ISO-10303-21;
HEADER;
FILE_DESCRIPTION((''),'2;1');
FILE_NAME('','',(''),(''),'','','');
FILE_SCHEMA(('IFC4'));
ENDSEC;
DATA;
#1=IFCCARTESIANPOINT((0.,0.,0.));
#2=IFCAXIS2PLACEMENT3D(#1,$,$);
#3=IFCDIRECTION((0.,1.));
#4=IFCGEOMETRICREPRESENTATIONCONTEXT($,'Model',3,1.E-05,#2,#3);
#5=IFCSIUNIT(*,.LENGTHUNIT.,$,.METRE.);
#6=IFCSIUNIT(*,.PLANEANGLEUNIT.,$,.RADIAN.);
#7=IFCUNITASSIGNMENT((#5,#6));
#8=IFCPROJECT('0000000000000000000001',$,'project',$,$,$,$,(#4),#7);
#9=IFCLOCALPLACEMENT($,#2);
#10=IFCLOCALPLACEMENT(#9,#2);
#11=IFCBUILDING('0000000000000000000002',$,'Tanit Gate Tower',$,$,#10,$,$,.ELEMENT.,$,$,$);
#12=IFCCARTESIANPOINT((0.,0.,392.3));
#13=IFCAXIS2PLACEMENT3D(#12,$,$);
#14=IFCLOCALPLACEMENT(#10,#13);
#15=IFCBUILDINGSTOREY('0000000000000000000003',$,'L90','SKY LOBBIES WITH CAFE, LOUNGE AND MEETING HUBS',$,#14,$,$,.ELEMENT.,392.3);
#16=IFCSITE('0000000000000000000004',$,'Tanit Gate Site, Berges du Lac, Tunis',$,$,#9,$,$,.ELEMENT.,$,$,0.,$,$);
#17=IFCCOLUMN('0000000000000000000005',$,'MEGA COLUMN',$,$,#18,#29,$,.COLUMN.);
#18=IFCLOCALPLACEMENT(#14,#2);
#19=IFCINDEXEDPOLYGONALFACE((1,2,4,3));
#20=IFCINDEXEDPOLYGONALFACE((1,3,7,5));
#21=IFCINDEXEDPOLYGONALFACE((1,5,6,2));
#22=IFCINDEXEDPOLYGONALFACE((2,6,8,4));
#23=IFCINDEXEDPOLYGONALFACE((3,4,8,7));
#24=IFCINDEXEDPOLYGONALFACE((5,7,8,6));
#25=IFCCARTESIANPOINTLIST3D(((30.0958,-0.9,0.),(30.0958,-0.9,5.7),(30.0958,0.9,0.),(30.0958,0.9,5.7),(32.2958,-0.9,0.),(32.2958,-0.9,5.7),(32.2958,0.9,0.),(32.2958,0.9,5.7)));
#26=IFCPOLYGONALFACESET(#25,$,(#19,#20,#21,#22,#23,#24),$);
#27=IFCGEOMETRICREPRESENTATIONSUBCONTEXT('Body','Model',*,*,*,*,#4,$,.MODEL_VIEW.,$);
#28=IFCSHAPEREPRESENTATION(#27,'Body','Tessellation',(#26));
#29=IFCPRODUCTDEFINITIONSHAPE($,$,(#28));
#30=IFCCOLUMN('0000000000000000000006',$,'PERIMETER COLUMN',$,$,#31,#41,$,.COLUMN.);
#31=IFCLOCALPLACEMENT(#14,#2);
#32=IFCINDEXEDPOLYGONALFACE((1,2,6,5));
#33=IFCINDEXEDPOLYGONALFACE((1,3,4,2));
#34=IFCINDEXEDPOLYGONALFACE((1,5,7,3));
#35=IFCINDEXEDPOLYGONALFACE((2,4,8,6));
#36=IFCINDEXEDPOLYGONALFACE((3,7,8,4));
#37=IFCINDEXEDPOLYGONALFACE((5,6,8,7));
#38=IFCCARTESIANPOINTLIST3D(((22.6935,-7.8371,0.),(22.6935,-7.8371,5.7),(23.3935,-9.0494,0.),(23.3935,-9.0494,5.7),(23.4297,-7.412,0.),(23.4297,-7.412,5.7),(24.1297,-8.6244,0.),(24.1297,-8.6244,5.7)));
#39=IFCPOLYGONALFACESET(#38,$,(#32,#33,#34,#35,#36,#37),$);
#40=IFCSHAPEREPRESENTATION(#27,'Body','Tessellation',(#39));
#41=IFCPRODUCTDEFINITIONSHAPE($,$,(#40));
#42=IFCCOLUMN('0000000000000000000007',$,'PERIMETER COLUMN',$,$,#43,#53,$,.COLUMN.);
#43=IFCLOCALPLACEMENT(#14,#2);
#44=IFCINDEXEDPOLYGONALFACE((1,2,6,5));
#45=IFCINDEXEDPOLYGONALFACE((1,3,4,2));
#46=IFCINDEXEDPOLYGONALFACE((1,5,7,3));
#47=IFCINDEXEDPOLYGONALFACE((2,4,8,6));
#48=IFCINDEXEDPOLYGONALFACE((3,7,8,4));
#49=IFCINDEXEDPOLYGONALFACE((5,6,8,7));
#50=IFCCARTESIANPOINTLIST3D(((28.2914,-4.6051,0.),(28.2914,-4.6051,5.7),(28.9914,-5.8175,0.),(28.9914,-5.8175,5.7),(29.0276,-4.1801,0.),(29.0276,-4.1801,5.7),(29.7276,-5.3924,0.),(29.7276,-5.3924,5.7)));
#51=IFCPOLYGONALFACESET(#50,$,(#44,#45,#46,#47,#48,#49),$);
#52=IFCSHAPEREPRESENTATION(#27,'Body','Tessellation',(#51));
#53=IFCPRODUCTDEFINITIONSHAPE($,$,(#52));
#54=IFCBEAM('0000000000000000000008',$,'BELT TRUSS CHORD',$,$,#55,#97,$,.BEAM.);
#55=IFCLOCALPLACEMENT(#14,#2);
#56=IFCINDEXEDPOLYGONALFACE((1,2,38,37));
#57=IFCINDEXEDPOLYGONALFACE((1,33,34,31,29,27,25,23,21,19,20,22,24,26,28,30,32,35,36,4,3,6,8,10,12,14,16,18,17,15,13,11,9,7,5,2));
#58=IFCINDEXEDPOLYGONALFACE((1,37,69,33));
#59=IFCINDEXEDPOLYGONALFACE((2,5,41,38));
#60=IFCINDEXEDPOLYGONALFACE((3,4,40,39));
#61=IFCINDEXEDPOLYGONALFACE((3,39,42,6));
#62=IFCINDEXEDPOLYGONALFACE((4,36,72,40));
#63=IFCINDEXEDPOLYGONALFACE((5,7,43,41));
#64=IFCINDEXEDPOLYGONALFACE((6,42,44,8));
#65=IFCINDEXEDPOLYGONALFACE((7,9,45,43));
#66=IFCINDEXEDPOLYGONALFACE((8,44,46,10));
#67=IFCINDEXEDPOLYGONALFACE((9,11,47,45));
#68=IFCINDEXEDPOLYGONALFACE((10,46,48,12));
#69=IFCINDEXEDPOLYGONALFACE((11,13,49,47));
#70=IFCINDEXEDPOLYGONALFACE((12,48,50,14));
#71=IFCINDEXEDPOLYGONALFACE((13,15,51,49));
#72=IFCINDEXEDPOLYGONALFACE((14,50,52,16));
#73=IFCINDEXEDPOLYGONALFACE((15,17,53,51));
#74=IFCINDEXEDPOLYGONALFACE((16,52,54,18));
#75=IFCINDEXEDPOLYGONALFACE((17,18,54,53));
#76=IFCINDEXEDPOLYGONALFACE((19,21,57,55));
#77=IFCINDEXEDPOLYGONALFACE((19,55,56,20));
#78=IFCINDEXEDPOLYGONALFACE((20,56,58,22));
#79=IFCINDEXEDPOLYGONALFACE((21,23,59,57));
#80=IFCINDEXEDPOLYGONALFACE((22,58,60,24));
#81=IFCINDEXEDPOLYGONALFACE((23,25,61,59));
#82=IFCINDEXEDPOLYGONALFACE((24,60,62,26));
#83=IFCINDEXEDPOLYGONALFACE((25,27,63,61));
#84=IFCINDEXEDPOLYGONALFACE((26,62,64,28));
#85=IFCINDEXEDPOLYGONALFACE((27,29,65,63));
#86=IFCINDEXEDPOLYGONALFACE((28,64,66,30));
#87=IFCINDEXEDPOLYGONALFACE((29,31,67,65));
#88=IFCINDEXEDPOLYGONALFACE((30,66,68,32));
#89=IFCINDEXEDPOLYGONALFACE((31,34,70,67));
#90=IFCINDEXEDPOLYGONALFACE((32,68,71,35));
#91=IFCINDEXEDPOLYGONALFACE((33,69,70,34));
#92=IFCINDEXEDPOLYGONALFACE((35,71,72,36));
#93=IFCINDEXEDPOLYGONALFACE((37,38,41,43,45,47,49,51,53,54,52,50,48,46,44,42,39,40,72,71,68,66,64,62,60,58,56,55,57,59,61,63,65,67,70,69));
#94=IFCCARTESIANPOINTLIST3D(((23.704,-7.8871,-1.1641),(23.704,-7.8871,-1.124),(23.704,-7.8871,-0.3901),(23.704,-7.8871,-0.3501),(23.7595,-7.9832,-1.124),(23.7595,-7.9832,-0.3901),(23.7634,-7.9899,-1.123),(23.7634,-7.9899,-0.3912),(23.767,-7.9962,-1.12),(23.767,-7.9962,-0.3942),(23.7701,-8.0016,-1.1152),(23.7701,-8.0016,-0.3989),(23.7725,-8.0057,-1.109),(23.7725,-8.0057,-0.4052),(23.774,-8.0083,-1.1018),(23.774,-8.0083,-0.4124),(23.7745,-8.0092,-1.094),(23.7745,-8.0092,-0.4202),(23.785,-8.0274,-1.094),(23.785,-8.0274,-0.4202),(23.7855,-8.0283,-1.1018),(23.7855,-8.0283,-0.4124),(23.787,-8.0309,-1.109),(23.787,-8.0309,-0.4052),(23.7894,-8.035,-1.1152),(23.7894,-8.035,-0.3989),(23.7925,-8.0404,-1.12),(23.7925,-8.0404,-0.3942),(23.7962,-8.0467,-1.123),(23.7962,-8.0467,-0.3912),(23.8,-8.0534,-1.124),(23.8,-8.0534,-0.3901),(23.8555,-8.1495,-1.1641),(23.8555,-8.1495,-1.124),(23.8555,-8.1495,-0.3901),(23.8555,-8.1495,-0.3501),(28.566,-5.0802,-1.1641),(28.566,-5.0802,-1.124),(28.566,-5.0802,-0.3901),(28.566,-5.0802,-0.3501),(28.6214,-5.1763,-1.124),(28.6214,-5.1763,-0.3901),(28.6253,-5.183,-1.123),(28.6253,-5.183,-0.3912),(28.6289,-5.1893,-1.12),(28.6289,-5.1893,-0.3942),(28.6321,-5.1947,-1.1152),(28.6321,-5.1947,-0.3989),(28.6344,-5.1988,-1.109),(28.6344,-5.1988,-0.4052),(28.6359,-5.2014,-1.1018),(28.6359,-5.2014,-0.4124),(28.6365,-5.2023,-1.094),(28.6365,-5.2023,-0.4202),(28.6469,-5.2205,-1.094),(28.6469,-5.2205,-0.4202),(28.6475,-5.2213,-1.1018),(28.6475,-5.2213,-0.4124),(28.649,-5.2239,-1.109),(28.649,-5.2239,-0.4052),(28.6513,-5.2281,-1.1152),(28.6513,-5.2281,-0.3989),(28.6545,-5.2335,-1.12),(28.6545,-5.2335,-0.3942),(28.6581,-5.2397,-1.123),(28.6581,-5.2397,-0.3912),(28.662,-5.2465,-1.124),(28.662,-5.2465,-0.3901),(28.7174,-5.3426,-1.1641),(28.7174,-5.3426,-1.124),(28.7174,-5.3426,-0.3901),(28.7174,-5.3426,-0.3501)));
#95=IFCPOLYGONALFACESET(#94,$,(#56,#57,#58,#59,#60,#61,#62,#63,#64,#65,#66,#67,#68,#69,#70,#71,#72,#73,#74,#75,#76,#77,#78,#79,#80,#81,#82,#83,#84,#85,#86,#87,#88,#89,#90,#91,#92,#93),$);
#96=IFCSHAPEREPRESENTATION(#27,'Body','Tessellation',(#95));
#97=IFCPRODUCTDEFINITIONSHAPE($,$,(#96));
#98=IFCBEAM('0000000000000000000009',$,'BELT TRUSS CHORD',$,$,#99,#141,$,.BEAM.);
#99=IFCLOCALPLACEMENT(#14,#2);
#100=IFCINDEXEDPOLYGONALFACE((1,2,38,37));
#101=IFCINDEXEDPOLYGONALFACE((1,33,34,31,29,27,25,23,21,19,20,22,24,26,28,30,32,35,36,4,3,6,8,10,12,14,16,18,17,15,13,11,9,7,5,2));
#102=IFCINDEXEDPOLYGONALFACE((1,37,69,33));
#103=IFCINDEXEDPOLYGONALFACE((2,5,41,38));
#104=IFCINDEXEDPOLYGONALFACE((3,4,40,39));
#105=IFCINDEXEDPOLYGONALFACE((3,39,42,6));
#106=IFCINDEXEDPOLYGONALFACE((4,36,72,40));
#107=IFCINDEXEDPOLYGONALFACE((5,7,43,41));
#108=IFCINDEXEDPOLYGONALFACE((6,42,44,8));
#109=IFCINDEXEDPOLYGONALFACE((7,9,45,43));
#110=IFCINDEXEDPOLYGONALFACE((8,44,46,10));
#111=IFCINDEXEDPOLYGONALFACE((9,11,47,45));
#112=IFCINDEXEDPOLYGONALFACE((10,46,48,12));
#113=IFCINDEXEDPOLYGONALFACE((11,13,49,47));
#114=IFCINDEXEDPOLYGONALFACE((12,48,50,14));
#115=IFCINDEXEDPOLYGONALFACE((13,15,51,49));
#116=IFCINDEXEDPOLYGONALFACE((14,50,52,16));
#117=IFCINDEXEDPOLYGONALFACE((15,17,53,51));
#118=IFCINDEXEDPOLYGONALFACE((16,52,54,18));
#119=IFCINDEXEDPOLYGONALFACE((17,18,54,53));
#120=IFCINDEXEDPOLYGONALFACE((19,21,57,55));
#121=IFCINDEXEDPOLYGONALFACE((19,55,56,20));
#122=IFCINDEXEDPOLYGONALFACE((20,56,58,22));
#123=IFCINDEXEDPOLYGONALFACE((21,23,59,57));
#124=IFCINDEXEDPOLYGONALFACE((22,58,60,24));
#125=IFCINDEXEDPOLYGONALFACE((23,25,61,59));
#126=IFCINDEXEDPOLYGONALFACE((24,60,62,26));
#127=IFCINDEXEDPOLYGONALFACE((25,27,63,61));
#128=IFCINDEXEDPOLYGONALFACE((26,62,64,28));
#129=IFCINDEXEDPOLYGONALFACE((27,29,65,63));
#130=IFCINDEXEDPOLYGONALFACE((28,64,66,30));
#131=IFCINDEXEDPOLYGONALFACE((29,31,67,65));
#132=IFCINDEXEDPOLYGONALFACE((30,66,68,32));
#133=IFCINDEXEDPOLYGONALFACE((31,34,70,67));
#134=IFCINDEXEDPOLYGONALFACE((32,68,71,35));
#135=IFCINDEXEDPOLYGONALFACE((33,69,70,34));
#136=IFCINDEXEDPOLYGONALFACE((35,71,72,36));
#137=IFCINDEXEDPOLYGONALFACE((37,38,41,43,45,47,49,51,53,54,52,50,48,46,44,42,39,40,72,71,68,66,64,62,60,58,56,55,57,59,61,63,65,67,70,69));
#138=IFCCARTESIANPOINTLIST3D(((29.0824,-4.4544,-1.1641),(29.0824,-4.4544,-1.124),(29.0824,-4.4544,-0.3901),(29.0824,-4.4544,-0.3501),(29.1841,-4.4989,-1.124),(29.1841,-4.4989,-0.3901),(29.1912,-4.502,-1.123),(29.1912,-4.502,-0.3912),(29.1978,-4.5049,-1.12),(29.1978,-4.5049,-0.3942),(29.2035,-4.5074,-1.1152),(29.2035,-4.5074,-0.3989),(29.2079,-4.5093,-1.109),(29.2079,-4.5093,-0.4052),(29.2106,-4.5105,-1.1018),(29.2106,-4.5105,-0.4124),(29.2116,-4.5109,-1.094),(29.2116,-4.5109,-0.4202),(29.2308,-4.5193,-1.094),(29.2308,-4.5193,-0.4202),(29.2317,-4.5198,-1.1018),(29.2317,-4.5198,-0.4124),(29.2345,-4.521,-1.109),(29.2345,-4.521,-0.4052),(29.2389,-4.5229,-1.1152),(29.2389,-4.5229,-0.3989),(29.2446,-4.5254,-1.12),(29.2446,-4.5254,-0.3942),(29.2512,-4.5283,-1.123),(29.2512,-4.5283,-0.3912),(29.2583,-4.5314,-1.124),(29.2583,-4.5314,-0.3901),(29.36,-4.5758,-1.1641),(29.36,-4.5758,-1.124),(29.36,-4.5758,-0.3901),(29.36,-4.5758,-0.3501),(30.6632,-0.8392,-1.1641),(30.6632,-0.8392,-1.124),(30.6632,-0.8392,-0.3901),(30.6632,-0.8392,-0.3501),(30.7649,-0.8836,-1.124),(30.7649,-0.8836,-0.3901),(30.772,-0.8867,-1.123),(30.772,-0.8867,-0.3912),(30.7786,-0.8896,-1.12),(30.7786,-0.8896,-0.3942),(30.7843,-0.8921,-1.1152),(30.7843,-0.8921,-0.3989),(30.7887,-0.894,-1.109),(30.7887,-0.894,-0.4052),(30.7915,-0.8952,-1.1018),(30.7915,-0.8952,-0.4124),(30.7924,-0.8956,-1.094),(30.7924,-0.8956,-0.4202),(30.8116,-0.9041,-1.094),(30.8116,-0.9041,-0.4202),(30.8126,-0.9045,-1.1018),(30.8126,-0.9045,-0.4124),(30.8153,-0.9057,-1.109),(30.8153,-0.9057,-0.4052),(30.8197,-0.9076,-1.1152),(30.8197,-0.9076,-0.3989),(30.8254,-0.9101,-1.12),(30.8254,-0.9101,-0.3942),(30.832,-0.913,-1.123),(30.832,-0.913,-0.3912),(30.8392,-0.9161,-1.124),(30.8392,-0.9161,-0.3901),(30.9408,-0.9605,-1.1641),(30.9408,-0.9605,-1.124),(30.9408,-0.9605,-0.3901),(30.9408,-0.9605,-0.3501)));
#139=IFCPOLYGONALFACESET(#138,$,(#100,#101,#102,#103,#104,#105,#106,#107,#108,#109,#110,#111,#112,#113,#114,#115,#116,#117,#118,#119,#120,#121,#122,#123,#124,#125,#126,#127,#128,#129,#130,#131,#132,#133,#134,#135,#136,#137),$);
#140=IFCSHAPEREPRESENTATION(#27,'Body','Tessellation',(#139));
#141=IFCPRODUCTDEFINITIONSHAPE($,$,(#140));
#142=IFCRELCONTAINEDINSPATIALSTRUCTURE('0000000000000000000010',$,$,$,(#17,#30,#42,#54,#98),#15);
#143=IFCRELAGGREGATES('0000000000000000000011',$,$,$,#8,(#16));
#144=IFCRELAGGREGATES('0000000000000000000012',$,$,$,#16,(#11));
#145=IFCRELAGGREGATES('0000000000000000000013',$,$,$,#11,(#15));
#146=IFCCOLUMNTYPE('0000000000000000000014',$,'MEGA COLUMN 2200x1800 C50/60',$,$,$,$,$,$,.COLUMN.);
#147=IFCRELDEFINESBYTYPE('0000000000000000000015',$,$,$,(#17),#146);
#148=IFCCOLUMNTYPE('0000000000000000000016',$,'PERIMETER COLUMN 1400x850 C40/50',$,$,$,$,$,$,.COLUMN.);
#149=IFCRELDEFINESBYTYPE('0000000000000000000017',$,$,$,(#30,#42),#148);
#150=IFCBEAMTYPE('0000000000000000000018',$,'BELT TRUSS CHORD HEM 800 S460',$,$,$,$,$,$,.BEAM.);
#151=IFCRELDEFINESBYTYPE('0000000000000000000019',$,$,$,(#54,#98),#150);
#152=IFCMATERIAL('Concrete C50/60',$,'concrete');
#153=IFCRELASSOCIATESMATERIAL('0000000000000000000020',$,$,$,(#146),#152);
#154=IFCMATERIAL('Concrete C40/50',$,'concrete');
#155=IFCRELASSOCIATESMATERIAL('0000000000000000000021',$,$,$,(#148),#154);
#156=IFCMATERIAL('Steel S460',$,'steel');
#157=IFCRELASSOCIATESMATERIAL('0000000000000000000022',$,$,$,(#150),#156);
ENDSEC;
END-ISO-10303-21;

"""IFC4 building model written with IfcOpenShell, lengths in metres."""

from ifc_helpers import new_model, si_unit, direction, frame, origin, origin_2d, place, context, subcontext, project, spatial, rectangle, i_section, extrude, material, material_profile, profile_set, type_object, element, save


model = new_model("IFC4")

# Units and contexts
model_context = context("Model", 3, precision=1e-05, world=origin(), true_north=direction((0.0, 1.0)))
body_context = subcontext(model_context, "Body", "Model", "MODEL_VIEW")
ifc_project = project(units=[si_unit("LENGTHUNIT", "METRE"), si_unit("PLANEANGLEUNIT", "RADIAN")], contexts=[model_context])

# Site, building, storey
site_placement = place(None, origin())
site = spatial("IfcSite", under=ifc_project, at=site_placement, Name="Tanit Gate Site, Berges du Lac, Tunis", CompositionType="ELEMENT", RefElevation=0.0)
building_placement = place(site_placement, origin())
building = spatial("IfcBuilding", under=site, at=building_placement, Name="Tanit Gate Tower", CompositionType="ELEMENT")
storey_placement = place(building_placement, frame((0.0, 0.0, 392.3)))
storey = spatial("IfcBuildingStorey", under=building, at=storey_placement, Name="L90", Description="SKY LOBBIES WITH CAFE, LOUNGE AND MEETING HUBS", CompositionType="ELEMENT", Elevation=392.3)

# Columns
ifc_material_1 = material(Name="Concrete C50/60", Category="concrete")
ifc_material_profile_1 = material_profile(ifc_material_1, rectangle(XDim=2.2, YDim=1.8, at=origin_2d()), Name="RC 2200x1800")
ifc_profile_set_1 = profile_set([ifc_material_profile_1], Name="Concrete C50/60")
column_type_1 = type_object("IfcColumnType", Name="MEGA COLUMN 2200x1800 C50/60", PredefinedType="COLUMN", material=ifc_profile_set_1)
column_placement = place(storey_placement, frame((31.1958, 0.0, 0.0), z_axis=(0.0, 0.0, 1.0), x_axis=(1.0, 0.0, 0.0)))
element("IfcColumn", 1, at=column_placement, inside=storey, type_object=column_type_1, Name="MEGA COLUMN", PredefinedType="COLUMN", context=body_context, shape_type="SweptSolid", body=[
    extrude(rectangle(XDim=2.2, YDim=1.8, at=origin_2d()), origin(), (0.0, 0.0, 1.0), 5.7),
])
ifc_material_2 = material(Name="Concrete C40/50", Category="concrete")
ifc_material_profile_2 = material_profile(ifc_material_2, rectangle(XDim=1.3999, YDim=0.8501, at=origin_2d()), Name="RC 1400x850")
ifc_profile_set_2 = profile_set([ifc_material_profile_2], Name="Concrete C40/50")
column_type_2 = type_object("IfcColumnType", Name="PERIMETER COLUMN 1400x850 C40/50", PredefinedType="COLUMN", material=ifc_profile_set_2)
for number, where, z_axis, x_axis, name in (
    (2, (23.4116, -8.2307, 0.0), (0.0, 0.0, 1.0), (0.5, -0.866025, 0.0), "PERIMETER COLUMN"),
    (3, (29.0095, -4.9988, 0.0), (0.0, 0.0, 1.0), (0.5, -0.866025, 0.0), "PERIMETER COLUMN"),
):
    element("IfcColumn", number, at=place(storey_placement, frame(where, z_axis=z_axis, x_axis=x_axis)), inside=storey, type_object=column_type_2, Name=name, PredefinedType="COLUMN", context=body_context, shape_type="SweptSolid", body=[
        extrude(rectangle(XDim=1.3999, YDim=0.8501, at=origin_2d()), origin(), (0.0, 0.0, 1.0), 5.7),
    ])

# Beams
ifc_material_3 = material(Name="Steel S460", Category="steel")
ifc_material_profile_3 = material_profile(ifc_material_3, i_section(OverallWidth=0.303, OverallDepth=0.814, WebThickness=0.021, FlangeThickness=0.04, FilletRadius=0.03, at=origin_2d()), Name="HEM 800")
ifc_profile_set_3 = profile_set([ifc_material_profile_3], Name="Steel S460")
beam_type_1 = type_object("IfcBeamType", Name="BELT TRUSS CHORD HEM 800 S460", PredefinedType="BEAM", material=ifc_profile_set_3)
beam_1_placement = place(storey_placement, frame((23.7798, -8.0183, -0.7571), z_axis=(0.866032, 0.499988, 0.0), x_axis=(-0.499988, 0.866032, 0.0)))
element("IfcBeam", 4, at=beam_1_placement, inside=storey, type_object=beam_type_1, Name="BELT TRUSS CHORD", PredefinedType="BEAM", context=body_context, shape_type="SweptSolid", body=[
    extrude(i_section(OverallWidth=0.303, OverallDepth=0.814, WebThickness=0.021, FlangeThickness=0.04, FilletRadius=0.03, at=origin_2d()), origin(), (0.0, 0.0, 1.0), 5.614),
])
beam_2_placement = place(storey_placement, frame((29.2212, -4.5151, -0.7571), z_axis=(0.400637, 0.916237, 0.0), x_axis=(-0.916237, 0.400637, 0.0)))
element("IfcBeam", 5, at=beam_2_placement, inside=storey, type_object=beam_type_1, Name="BELT TRUSS CHORD", PredefinedType="BEAM", context=body_context, shape_type="SweptSolid", body=[
    extrude(i_section(OverallWidth=0.303, OverallDepth=0.814, WebThickness=0.021, FlangeThickness=0.04, FilletRadius=0.03, at=origin_2d()), origin(), (0.0, 0.0, 1.0), 3.9458),
])

save(model, "model.ifc")
